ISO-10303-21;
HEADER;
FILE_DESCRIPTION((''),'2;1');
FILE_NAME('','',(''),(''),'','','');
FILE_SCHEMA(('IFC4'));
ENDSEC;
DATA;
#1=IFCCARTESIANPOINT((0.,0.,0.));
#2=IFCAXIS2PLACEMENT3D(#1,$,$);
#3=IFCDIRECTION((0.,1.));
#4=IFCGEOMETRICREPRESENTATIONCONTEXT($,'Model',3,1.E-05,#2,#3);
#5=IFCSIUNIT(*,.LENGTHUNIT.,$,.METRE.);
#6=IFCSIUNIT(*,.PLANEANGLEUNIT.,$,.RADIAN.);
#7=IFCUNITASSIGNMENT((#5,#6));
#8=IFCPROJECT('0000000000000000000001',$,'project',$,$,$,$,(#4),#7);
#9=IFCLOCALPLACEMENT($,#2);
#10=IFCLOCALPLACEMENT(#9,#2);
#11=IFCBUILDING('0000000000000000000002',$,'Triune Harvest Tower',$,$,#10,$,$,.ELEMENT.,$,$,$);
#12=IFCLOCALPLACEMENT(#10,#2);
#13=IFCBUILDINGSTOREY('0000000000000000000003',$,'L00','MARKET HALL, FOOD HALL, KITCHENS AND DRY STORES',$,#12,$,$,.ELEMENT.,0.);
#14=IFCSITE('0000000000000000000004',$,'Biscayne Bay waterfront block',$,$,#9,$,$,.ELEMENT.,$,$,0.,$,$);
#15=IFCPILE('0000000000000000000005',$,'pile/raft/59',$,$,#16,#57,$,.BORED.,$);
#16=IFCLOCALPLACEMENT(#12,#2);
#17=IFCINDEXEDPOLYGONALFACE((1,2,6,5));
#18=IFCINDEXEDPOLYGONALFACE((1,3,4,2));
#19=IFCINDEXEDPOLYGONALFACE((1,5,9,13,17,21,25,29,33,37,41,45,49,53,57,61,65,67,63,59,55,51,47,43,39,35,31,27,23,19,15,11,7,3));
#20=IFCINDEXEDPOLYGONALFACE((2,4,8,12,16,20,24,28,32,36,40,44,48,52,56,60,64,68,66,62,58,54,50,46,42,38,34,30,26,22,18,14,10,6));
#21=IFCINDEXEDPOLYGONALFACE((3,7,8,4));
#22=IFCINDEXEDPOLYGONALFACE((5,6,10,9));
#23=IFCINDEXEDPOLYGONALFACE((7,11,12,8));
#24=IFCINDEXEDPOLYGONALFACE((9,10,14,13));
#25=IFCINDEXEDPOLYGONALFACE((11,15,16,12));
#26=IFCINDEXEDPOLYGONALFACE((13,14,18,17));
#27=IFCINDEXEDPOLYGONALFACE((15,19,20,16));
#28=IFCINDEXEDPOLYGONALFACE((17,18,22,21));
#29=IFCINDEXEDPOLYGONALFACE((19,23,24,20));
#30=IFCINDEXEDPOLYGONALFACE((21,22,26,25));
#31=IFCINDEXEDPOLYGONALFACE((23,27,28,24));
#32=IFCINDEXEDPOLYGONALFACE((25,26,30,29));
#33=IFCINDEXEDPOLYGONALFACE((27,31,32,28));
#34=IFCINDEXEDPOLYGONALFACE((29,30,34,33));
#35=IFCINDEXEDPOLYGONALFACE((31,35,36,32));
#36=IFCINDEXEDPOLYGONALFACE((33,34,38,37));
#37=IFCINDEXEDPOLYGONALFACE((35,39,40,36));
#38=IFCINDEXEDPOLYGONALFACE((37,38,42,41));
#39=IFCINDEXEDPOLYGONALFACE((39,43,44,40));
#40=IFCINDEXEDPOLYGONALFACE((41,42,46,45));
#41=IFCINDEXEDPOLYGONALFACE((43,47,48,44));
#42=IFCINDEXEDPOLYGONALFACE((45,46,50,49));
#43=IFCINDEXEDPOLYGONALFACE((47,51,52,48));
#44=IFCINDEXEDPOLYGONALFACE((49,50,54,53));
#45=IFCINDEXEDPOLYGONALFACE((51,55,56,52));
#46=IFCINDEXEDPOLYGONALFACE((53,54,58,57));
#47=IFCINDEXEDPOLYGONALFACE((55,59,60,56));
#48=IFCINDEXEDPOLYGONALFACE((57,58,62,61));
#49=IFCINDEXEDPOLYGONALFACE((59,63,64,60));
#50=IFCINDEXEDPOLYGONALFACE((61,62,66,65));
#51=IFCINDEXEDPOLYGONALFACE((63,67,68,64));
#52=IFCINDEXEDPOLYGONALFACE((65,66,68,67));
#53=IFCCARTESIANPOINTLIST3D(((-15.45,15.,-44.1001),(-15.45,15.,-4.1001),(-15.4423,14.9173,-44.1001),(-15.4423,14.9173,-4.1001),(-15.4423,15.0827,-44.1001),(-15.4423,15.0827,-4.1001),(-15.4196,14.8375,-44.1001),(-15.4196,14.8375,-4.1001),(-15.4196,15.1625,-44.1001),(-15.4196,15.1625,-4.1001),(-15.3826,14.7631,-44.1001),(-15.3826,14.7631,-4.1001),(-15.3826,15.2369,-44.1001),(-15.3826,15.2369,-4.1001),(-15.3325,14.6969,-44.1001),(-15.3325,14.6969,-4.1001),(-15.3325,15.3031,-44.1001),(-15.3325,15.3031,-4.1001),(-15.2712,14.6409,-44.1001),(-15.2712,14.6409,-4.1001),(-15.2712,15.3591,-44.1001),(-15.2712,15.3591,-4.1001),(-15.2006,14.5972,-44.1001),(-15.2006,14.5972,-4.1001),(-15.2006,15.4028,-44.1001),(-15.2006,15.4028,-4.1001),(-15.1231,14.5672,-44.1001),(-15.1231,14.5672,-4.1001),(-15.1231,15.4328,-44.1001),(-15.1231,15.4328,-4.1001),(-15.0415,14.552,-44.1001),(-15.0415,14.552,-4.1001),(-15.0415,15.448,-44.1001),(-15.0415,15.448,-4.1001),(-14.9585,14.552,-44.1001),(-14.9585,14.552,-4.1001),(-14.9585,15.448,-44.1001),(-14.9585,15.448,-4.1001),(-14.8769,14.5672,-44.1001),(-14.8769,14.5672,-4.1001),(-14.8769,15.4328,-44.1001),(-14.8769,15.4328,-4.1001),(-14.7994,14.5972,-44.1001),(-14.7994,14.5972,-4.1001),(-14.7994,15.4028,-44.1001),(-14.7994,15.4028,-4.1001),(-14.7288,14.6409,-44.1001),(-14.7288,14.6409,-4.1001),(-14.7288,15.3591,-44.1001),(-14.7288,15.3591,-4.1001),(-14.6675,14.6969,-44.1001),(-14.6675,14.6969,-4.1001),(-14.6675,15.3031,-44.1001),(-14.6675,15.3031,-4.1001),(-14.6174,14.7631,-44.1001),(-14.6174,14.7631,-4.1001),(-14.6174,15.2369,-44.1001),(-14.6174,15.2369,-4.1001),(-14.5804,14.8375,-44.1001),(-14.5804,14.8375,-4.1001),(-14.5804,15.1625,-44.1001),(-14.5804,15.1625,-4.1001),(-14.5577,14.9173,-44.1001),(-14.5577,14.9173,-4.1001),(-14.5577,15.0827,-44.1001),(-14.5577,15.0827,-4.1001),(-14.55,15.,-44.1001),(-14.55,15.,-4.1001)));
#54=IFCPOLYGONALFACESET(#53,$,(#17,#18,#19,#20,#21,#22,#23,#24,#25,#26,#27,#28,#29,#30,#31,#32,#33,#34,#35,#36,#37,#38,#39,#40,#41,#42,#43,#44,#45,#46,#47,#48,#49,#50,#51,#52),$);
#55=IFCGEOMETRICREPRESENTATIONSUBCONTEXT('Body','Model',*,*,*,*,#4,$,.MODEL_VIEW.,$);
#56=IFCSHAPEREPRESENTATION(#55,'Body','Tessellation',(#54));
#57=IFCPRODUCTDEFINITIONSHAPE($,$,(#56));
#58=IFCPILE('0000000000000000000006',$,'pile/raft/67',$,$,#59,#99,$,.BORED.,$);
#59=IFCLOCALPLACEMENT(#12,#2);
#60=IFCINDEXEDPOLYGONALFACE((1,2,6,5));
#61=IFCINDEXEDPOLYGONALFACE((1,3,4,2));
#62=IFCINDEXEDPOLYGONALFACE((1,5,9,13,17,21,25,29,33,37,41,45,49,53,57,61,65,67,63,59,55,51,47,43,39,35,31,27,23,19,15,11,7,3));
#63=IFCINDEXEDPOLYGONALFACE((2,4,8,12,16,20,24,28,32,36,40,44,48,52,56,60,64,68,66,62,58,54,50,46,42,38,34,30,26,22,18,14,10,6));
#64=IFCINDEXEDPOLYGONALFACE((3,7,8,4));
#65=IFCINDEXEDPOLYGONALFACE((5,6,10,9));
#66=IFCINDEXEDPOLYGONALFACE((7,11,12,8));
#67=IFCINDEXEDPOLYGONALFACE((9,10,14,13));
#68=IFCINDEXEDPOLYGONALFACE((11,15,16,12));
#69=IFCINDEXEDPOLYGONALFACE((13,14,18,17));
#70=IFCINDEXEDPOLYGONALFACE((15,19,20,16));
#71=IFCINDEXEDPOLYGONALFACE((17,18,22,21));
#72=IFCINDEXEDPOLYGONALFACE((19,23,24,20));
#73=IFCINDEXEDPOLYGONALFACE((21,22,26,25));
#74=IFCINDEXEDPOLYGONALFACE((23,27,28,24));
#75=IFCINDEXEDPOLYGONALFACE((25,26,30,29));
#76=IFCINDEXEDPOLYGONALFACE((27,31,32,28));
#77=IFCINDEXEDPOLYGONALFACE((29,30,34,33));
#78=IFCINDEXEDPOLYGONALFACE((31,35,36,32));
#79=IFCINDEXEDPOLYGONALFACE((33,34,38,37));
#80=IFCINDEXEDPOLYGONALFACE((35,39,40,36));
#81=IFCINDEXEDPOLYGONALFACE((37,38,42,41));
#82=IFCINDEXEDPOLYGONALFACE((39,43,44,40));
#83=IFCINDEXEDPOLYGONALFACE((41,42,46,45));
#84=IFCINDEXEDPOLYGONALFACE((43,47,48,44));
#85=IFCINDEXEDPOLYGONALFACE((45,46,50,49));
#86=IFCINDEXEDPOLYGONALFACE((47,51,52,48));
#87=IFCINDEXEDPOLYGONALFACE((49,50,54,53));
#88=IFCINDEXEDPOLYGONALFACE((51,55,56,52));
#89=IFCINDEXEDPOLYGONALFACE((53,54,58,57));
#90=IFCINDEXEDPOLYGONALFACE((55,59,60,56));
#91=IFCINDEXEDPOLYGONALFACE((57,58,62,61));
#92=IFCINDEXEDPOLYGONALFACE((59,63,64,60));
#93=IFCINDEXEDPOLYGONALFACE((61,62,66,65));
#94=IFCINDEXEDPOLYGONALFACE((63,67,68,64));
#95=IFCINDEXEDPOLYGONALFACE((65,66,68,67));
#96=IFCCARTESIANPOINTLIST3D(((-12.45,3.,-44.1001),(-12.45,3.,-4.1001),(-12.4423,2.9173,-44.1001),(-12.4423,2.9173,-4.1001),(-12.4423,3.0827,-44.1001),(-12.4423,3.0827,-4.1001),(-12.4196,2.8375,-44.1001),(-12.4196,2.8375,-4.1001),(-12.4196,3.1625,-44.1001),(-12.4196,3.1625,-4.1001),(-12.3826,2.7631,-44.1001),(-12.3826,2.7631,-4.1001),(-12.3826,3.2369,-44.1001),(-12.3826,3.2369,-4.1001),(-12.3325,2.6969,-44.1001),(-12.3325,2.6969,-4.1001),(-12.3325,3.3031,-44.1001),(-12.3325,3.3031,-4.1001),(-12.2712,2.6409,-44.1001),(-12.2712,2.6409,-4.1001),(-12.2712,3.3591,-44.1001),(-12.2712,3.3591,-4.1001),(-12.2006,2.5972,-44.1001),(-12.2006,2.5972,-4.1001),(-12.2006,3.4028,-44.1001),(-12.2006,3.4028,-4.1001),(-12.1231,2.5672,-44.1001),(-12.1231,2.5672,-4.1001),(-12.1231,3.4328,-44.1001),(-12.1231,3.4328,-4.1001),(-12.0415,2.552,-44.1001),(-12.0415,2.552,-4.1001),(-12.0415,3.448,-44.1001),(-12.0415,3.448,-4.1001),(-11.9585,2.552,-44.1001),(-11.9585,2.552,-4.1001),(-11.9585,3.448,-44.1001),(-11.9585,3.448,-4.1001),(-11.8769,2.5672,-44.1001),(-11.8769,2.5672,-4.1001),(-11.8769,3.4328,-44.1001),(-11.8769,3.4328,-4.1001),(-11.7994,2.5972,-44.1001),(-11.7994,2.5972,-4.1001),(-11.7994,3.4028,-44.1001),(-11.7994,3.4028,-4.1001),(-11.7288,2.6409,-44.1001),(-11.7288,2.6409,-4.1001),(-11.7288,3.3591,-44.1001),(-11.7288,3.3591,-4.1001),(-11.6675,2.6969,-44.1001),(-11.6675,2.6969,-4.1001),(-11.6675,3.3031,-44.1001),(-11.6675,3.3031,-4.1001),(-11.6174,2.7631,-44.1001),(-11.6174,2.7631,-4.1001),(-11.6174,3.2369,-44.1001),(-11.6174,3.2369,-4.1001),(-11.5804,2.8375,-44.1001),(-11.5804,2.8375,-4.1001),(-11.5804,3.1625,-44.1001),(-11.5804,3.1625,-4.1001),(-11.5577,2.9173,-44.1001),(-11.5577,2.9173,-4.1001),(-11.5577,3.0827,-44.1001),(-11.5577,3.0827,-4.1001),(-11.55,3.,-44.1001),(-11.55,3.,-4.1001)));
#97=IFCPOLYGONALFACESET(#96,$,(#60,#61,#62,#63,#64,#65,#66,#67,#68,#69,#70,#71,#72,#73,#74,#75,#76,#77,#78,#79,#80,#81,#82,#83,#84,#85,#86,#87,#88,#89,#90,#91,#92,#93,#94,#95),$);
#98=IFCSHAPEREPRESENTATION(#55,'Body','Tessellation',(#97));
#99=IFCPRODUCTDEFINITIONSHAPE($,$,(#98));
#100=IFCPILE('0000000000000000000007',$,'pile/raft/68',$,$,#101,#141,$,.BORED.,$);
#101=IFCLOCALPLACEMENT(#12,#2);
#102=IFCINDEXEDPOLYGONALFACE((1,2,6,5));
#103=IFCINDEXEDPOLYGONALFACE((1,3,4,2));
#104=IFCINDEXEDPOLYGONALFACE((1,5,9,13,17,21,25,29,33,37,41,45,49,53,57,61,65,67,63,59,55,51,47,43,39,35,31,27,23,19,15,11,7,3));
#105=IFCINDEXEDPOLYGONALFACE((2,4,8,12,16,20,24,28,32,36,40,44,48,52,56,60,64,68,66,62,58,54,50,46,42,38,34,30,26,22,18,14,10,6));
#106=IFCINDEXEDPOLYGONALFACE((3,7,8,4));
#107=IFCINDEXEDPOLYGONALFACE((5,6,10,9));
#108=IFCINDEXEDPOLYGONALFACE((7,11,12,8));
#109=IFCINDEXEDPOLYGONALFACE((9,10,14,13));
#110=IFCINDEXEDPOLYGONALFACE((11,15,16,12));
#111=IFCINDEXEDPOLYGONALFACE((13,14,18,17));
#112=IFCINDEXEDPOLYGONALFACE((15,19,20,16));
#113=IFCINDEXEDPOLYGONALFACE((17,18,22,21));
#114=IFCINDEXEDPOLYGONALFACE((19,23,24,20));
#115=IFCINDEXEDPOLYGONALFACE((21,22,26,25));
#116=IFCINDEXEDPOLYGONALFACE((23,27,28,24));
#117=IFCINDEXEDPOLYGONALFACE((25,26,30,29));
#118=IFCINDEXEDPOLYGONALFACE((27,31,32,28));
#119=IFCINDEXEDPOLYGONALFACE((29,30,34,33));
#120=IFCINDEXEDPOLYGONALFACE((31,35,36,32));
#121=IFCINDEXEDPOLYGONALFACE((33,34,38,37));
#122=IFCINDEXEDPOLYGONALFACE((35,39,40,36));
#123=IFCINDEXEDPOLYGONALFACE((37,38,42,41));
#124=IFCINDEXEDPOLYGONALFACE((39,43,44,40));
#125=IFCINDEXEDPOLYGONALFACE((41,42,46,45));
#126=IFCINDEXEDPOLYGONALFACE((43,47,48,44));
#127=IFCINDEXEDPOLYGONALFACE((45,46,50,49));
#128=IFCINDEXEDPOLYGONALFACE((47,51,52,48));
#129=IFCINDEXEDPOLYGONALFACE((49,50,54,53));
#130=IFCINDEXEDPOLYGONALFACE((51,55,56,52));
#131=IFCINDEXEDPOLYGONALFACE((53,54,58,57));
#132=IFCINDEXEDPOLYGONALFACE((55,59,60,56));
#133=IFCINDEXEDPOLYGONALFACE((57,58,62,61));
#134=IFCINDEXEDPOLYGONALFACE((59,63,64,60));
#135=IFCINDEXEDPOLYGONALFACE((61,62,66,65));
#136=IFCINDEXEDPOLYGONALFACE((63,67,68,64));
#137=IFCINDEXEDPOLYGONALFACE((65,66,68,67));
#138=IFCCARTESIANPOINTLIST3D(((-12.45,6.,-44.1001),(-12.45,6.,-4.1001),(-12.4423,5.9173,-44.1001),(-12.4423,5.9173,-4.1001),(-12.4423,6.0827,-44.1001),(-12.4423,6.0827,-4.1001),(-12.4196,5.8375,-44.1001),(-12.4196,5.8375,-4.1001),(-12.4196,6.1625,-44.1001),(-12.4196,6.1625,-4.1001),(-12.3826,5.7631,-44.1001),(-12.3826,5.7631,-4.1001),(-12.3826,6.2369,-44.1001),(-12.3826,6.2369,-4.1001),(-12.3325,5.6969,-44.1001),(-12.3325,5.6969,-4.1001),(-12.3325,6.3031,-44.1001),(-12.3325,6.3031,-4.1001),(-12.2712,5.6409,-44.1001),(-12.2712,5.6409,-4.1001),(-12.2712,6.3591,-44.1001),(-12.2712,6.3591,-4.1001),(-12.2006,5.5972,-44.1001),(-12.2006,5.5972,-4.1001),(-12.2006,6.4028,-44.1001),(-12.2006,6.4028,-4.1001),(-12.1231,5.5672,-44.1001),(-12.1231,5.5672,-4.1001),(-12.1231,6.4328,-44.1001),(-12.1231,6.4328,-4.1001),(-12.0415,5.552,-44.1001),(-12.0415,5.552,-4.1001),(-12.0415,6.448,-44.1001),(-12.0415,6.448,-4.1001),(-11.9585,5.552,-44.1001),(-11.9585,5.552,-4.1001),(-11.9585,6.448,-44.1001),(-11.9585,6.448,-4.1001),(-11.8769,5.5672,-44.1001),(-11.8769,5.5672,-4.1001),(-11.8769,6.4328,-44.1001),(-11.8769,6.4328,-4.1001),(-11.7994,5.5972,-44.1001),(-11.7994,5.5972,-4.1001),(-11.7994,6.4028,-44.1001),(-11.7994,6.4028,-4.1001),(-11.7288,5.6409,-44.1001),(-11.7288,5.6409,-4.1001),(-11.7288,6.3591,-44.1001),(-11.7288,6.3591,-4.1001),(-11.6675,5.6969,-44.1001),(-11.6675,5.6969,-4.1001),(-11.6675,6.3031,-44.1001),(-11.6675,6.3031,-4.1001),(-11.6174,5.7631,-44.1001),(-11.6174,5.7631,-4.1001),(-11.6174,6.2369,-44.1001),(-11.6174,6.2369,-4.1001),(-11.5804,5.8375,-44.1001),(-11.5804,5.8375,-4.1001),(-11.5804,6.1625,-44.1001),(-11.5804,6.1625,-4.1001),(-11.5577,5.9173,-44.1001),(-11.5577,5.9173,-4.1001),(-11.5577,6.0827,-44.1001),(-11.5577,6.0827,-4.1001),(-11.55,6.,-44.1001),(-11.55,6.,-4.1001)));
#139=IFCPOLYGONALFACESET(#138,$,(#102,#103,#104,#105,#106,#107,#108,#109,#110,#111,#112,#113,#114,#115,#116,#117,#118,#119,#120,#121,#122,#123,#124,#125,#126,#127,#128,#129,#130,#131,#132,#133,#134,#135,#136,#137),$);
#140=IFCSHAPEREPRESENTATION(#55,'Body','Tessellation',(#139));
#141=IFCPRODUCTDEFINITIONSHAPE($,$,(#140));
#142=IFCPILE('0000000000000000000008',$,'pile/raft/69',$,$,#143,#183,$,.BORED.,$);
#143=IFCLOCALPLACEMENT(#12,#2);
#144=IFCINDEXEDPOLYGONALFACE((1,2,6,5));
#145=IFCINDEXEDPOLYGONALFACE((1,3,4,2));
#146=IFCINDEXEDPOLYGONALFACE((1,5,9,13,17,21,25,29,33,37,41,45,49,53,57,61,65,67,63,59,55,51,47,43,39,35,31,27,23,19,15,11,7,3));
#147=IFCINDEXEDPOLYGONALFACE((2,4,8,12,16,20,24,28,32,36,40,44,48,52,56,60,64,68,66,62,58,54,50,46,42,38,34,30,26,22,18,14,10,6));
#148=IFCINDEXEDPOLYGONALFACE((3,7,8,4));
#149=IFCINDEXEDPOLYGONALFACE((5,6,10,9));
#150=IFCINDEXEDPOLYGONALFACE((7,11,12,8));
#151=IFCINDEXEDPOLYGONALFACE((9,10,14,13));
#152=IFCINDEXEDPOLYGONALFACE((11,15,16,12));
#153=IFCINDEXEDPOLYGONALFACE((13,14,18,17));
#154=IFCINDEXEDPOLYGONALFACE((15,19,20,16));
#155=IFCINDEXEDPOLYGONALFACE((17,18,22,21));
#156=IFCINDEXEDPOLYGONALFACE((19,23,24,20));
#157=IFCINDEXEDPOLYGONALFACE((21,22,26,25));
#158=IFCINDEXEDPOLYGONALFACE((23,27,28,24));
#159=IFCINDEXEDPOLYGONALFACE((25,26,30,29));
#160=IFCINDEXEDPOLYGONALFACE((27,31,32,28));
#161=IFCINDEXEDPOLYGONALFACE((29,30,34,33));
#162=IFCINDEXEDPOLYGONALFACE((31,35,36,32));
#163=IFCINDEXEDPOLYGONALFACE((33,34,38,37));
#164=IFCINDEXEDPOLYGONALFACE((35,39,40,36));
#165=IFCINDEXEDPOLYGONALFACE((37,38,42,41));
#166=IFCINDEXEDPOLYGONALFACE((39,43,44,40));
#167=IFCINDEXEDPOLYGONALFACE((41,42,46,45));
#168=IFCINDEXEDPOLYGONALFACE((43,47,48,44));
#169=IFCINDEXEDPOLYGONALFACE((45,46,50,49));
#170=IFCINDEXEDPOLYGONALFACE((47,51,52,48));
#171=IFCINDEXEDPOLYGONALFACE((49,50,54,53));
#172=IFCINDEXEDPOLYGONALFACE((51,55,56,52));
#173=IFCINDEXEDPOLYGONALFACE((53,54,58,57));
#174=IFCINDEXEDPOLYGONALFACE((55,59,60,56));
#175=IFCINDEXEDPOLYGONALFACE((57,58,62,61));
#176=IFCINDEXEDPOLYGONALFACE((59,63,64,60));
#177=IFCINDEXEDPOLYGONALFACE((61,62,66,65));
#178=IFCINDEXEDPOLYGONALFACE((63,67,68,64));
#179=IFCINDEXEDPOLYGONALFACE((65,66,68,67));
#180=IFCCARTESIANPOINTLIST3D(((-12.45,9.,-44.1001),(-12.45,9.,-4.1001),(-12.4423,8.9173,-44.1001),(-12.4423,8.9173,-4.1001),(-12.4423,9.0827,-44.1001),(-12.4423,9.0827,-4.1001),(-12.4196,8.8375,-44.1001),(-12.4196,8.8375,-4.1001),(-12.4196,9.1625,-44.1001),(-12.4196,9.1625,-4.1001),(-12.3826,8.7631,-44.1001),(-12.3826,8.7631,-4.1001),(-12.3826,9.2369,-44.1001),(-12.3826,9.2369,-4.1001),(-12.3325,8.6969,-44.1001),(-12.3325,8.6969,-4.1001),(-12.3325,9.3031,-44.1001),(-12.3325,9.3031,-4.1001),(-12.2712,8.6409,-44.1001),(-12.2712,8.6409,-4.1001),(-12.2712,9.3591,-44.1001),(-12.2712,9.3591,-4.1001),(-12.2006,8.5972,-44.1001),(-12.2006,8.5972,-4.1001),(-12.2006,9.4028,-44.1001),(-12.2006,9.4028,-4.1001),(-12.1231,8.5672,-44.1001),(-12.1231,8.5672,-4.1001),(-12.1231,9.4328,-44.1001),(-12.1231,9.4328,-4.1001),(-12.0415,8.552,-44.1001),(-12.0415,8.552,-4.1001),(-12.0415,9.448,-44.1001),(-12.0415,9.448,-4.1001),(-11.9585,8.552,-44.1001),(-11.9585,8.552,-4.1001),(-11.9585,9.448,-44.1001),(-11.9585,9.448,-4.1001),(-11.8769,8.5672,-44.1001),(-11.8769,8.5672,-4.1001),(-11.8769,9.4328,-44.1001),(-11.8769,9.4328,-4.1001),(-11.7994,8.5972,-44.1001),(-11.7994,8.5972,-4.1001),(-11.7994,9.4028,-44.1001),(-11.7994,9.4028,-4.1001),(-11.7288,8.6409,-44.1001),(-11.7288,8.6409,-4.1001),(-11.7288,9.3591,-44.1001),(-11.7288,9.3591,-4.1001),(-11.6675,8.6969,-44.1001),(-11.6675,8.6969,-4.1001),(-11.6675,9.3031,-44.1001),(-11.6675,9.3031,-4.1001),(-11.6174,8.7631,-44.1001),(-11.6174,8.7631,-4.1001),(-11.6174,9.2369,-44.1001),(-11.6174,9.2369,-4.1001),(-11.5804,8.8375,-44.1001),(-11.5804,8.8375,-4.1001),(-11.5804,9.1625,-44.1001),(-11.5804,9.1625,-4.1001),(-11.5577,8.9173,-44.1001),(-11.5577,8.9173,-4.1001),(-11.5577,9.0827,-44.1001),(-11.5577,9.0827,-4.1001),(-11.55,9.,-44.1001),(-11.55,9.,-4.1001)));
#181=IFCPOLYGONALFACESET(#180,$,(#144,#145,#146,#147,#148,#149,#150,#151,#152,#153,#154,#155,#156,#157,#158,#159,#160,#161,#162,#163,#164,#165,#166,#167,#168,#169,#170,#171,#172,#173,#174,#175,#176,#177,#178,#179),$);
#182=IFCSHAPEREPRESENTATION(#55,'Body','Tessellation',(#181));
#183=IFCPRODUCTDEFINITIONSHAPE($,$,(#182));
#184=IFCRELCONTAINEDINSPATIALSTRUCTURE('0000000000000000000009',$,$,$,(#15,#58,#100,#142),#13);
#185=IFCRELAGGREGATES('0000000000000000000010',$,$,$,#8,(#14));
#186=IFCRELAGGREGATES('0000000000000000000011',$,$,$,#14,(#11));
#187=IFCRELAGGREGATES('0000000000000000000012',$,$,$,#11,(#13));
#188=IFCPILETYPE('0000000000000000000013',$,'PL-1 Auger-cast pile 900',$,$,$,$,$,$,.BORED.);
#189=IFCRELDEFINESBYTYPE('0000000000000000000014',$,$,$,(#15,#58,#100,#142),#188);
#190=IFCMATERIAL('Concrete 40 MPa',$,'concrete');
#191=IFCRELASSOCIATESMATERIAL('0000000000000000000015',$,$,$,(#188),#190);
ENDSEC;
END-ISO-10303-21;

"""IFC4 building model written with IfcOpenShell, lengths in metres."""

from ifc_helpers import new_model, si_unit, direction, frame, origin, origin_2d, place, context, subcontext, project, spatial, circle, extrude, source, transform, mapped, material, material_profile, profile_set, type_object, element, save


model = new_model("IFC4")

# Units and contexts
model_context = context("Model", 3, precision=1e-05, world=origin(), true_north=direction((0.0, 1.0)))
body_context = subcontext(model_context, "Body", "Model", "MODEL_VIEW")
ifc_project = project(units=[si_unit("LENGTHUNIT", "METRE"), si_unit("PLANEANGLEUNIT", "RADIAN")], contexts=[model_context])

# Site, building, storey
site_placement = place(None, origin())
site = spatial("IfcSite", under=ifc_project, at=site_placement, Name="Biscayne Bay waterfront block", CompositionType="ELEMENT", RefElevation=0.0)
building_placement = place(site_placement, origin())
building = spatial("IfcBuilding", under=site, at=building_placement, Name="Triune Harvest Tower", CompositionType="ELEMENT")
storey_placement = place(building_placement, origin())
storey = spatial("IfcBuildingStorey", under=building, at=storey_placement, Name="L00", Description="MARKET HALL, FOOD HALL, KITCHENS AND DRY STORES", CompositionType="ELEMENT", Elevation=0.0)

# Piles
ifc_material_1 = material(Name="Concrete 40 MPa", Category="concrete")
ifc_material_profile_1 = material_profile(ifc_material_1, circle(Radius=0.45, at=origin_2d()), Name="Bored 900")
ifc_profile_set_1 = profile_set([ifc_material_profile_1], Name="Concrete 40 MPa")
pile_type = type_object("IfcPileType", Name="PL-1 Auger-cast pile 900", PredefinedType="BORED", material=ifc_profile_set_1)
shared_shape_1 = source(origin(), body_context, "Body", "SweptSolid", [
    extrude(circle(Radius=0.45, at=origin_2d()), origin(), (0.0, 0.0, 1.0), 40.0),
])
for number, where, z_axis, x_axis, name in (
    (1, (-15.0, 15.0, -4.1001), (0.0, 0.0, -1.0), (1.0, 0.0, 0.0), "pile/raft/59"),
    (2, (-12.0, 3.0, -4.1001), (0.0, 0.0, -1.0), (1.0, 0.0, 0.0), "pile/raft/67"),
    (3, (-12.0, 6.0, -4.1001), (0.0, 0.0, -1.0), (1.0, 0.0, 0.0), "pile/raft/68"),
    (4, (-12.0, 9.0, -4.1001), (0.0, 0.0, -1.0), (1.0, 0.0, 0.0), "pile/raft/69"),
):
    element("IfcPile", number, at=place(storey_placement, frame(where, z_axis=z_axis, x_axis=x_axis)), inside=storey, type_object=pile_type, Name=name, PredefinedType="BORED", context=body_context, shape_type="MappedRepresentation", body=[
        mapped(shared_shape_1, transform((0.0, 0.0, 0.0), scale=1.0)),
    ])

save(model, "model.ifc")
